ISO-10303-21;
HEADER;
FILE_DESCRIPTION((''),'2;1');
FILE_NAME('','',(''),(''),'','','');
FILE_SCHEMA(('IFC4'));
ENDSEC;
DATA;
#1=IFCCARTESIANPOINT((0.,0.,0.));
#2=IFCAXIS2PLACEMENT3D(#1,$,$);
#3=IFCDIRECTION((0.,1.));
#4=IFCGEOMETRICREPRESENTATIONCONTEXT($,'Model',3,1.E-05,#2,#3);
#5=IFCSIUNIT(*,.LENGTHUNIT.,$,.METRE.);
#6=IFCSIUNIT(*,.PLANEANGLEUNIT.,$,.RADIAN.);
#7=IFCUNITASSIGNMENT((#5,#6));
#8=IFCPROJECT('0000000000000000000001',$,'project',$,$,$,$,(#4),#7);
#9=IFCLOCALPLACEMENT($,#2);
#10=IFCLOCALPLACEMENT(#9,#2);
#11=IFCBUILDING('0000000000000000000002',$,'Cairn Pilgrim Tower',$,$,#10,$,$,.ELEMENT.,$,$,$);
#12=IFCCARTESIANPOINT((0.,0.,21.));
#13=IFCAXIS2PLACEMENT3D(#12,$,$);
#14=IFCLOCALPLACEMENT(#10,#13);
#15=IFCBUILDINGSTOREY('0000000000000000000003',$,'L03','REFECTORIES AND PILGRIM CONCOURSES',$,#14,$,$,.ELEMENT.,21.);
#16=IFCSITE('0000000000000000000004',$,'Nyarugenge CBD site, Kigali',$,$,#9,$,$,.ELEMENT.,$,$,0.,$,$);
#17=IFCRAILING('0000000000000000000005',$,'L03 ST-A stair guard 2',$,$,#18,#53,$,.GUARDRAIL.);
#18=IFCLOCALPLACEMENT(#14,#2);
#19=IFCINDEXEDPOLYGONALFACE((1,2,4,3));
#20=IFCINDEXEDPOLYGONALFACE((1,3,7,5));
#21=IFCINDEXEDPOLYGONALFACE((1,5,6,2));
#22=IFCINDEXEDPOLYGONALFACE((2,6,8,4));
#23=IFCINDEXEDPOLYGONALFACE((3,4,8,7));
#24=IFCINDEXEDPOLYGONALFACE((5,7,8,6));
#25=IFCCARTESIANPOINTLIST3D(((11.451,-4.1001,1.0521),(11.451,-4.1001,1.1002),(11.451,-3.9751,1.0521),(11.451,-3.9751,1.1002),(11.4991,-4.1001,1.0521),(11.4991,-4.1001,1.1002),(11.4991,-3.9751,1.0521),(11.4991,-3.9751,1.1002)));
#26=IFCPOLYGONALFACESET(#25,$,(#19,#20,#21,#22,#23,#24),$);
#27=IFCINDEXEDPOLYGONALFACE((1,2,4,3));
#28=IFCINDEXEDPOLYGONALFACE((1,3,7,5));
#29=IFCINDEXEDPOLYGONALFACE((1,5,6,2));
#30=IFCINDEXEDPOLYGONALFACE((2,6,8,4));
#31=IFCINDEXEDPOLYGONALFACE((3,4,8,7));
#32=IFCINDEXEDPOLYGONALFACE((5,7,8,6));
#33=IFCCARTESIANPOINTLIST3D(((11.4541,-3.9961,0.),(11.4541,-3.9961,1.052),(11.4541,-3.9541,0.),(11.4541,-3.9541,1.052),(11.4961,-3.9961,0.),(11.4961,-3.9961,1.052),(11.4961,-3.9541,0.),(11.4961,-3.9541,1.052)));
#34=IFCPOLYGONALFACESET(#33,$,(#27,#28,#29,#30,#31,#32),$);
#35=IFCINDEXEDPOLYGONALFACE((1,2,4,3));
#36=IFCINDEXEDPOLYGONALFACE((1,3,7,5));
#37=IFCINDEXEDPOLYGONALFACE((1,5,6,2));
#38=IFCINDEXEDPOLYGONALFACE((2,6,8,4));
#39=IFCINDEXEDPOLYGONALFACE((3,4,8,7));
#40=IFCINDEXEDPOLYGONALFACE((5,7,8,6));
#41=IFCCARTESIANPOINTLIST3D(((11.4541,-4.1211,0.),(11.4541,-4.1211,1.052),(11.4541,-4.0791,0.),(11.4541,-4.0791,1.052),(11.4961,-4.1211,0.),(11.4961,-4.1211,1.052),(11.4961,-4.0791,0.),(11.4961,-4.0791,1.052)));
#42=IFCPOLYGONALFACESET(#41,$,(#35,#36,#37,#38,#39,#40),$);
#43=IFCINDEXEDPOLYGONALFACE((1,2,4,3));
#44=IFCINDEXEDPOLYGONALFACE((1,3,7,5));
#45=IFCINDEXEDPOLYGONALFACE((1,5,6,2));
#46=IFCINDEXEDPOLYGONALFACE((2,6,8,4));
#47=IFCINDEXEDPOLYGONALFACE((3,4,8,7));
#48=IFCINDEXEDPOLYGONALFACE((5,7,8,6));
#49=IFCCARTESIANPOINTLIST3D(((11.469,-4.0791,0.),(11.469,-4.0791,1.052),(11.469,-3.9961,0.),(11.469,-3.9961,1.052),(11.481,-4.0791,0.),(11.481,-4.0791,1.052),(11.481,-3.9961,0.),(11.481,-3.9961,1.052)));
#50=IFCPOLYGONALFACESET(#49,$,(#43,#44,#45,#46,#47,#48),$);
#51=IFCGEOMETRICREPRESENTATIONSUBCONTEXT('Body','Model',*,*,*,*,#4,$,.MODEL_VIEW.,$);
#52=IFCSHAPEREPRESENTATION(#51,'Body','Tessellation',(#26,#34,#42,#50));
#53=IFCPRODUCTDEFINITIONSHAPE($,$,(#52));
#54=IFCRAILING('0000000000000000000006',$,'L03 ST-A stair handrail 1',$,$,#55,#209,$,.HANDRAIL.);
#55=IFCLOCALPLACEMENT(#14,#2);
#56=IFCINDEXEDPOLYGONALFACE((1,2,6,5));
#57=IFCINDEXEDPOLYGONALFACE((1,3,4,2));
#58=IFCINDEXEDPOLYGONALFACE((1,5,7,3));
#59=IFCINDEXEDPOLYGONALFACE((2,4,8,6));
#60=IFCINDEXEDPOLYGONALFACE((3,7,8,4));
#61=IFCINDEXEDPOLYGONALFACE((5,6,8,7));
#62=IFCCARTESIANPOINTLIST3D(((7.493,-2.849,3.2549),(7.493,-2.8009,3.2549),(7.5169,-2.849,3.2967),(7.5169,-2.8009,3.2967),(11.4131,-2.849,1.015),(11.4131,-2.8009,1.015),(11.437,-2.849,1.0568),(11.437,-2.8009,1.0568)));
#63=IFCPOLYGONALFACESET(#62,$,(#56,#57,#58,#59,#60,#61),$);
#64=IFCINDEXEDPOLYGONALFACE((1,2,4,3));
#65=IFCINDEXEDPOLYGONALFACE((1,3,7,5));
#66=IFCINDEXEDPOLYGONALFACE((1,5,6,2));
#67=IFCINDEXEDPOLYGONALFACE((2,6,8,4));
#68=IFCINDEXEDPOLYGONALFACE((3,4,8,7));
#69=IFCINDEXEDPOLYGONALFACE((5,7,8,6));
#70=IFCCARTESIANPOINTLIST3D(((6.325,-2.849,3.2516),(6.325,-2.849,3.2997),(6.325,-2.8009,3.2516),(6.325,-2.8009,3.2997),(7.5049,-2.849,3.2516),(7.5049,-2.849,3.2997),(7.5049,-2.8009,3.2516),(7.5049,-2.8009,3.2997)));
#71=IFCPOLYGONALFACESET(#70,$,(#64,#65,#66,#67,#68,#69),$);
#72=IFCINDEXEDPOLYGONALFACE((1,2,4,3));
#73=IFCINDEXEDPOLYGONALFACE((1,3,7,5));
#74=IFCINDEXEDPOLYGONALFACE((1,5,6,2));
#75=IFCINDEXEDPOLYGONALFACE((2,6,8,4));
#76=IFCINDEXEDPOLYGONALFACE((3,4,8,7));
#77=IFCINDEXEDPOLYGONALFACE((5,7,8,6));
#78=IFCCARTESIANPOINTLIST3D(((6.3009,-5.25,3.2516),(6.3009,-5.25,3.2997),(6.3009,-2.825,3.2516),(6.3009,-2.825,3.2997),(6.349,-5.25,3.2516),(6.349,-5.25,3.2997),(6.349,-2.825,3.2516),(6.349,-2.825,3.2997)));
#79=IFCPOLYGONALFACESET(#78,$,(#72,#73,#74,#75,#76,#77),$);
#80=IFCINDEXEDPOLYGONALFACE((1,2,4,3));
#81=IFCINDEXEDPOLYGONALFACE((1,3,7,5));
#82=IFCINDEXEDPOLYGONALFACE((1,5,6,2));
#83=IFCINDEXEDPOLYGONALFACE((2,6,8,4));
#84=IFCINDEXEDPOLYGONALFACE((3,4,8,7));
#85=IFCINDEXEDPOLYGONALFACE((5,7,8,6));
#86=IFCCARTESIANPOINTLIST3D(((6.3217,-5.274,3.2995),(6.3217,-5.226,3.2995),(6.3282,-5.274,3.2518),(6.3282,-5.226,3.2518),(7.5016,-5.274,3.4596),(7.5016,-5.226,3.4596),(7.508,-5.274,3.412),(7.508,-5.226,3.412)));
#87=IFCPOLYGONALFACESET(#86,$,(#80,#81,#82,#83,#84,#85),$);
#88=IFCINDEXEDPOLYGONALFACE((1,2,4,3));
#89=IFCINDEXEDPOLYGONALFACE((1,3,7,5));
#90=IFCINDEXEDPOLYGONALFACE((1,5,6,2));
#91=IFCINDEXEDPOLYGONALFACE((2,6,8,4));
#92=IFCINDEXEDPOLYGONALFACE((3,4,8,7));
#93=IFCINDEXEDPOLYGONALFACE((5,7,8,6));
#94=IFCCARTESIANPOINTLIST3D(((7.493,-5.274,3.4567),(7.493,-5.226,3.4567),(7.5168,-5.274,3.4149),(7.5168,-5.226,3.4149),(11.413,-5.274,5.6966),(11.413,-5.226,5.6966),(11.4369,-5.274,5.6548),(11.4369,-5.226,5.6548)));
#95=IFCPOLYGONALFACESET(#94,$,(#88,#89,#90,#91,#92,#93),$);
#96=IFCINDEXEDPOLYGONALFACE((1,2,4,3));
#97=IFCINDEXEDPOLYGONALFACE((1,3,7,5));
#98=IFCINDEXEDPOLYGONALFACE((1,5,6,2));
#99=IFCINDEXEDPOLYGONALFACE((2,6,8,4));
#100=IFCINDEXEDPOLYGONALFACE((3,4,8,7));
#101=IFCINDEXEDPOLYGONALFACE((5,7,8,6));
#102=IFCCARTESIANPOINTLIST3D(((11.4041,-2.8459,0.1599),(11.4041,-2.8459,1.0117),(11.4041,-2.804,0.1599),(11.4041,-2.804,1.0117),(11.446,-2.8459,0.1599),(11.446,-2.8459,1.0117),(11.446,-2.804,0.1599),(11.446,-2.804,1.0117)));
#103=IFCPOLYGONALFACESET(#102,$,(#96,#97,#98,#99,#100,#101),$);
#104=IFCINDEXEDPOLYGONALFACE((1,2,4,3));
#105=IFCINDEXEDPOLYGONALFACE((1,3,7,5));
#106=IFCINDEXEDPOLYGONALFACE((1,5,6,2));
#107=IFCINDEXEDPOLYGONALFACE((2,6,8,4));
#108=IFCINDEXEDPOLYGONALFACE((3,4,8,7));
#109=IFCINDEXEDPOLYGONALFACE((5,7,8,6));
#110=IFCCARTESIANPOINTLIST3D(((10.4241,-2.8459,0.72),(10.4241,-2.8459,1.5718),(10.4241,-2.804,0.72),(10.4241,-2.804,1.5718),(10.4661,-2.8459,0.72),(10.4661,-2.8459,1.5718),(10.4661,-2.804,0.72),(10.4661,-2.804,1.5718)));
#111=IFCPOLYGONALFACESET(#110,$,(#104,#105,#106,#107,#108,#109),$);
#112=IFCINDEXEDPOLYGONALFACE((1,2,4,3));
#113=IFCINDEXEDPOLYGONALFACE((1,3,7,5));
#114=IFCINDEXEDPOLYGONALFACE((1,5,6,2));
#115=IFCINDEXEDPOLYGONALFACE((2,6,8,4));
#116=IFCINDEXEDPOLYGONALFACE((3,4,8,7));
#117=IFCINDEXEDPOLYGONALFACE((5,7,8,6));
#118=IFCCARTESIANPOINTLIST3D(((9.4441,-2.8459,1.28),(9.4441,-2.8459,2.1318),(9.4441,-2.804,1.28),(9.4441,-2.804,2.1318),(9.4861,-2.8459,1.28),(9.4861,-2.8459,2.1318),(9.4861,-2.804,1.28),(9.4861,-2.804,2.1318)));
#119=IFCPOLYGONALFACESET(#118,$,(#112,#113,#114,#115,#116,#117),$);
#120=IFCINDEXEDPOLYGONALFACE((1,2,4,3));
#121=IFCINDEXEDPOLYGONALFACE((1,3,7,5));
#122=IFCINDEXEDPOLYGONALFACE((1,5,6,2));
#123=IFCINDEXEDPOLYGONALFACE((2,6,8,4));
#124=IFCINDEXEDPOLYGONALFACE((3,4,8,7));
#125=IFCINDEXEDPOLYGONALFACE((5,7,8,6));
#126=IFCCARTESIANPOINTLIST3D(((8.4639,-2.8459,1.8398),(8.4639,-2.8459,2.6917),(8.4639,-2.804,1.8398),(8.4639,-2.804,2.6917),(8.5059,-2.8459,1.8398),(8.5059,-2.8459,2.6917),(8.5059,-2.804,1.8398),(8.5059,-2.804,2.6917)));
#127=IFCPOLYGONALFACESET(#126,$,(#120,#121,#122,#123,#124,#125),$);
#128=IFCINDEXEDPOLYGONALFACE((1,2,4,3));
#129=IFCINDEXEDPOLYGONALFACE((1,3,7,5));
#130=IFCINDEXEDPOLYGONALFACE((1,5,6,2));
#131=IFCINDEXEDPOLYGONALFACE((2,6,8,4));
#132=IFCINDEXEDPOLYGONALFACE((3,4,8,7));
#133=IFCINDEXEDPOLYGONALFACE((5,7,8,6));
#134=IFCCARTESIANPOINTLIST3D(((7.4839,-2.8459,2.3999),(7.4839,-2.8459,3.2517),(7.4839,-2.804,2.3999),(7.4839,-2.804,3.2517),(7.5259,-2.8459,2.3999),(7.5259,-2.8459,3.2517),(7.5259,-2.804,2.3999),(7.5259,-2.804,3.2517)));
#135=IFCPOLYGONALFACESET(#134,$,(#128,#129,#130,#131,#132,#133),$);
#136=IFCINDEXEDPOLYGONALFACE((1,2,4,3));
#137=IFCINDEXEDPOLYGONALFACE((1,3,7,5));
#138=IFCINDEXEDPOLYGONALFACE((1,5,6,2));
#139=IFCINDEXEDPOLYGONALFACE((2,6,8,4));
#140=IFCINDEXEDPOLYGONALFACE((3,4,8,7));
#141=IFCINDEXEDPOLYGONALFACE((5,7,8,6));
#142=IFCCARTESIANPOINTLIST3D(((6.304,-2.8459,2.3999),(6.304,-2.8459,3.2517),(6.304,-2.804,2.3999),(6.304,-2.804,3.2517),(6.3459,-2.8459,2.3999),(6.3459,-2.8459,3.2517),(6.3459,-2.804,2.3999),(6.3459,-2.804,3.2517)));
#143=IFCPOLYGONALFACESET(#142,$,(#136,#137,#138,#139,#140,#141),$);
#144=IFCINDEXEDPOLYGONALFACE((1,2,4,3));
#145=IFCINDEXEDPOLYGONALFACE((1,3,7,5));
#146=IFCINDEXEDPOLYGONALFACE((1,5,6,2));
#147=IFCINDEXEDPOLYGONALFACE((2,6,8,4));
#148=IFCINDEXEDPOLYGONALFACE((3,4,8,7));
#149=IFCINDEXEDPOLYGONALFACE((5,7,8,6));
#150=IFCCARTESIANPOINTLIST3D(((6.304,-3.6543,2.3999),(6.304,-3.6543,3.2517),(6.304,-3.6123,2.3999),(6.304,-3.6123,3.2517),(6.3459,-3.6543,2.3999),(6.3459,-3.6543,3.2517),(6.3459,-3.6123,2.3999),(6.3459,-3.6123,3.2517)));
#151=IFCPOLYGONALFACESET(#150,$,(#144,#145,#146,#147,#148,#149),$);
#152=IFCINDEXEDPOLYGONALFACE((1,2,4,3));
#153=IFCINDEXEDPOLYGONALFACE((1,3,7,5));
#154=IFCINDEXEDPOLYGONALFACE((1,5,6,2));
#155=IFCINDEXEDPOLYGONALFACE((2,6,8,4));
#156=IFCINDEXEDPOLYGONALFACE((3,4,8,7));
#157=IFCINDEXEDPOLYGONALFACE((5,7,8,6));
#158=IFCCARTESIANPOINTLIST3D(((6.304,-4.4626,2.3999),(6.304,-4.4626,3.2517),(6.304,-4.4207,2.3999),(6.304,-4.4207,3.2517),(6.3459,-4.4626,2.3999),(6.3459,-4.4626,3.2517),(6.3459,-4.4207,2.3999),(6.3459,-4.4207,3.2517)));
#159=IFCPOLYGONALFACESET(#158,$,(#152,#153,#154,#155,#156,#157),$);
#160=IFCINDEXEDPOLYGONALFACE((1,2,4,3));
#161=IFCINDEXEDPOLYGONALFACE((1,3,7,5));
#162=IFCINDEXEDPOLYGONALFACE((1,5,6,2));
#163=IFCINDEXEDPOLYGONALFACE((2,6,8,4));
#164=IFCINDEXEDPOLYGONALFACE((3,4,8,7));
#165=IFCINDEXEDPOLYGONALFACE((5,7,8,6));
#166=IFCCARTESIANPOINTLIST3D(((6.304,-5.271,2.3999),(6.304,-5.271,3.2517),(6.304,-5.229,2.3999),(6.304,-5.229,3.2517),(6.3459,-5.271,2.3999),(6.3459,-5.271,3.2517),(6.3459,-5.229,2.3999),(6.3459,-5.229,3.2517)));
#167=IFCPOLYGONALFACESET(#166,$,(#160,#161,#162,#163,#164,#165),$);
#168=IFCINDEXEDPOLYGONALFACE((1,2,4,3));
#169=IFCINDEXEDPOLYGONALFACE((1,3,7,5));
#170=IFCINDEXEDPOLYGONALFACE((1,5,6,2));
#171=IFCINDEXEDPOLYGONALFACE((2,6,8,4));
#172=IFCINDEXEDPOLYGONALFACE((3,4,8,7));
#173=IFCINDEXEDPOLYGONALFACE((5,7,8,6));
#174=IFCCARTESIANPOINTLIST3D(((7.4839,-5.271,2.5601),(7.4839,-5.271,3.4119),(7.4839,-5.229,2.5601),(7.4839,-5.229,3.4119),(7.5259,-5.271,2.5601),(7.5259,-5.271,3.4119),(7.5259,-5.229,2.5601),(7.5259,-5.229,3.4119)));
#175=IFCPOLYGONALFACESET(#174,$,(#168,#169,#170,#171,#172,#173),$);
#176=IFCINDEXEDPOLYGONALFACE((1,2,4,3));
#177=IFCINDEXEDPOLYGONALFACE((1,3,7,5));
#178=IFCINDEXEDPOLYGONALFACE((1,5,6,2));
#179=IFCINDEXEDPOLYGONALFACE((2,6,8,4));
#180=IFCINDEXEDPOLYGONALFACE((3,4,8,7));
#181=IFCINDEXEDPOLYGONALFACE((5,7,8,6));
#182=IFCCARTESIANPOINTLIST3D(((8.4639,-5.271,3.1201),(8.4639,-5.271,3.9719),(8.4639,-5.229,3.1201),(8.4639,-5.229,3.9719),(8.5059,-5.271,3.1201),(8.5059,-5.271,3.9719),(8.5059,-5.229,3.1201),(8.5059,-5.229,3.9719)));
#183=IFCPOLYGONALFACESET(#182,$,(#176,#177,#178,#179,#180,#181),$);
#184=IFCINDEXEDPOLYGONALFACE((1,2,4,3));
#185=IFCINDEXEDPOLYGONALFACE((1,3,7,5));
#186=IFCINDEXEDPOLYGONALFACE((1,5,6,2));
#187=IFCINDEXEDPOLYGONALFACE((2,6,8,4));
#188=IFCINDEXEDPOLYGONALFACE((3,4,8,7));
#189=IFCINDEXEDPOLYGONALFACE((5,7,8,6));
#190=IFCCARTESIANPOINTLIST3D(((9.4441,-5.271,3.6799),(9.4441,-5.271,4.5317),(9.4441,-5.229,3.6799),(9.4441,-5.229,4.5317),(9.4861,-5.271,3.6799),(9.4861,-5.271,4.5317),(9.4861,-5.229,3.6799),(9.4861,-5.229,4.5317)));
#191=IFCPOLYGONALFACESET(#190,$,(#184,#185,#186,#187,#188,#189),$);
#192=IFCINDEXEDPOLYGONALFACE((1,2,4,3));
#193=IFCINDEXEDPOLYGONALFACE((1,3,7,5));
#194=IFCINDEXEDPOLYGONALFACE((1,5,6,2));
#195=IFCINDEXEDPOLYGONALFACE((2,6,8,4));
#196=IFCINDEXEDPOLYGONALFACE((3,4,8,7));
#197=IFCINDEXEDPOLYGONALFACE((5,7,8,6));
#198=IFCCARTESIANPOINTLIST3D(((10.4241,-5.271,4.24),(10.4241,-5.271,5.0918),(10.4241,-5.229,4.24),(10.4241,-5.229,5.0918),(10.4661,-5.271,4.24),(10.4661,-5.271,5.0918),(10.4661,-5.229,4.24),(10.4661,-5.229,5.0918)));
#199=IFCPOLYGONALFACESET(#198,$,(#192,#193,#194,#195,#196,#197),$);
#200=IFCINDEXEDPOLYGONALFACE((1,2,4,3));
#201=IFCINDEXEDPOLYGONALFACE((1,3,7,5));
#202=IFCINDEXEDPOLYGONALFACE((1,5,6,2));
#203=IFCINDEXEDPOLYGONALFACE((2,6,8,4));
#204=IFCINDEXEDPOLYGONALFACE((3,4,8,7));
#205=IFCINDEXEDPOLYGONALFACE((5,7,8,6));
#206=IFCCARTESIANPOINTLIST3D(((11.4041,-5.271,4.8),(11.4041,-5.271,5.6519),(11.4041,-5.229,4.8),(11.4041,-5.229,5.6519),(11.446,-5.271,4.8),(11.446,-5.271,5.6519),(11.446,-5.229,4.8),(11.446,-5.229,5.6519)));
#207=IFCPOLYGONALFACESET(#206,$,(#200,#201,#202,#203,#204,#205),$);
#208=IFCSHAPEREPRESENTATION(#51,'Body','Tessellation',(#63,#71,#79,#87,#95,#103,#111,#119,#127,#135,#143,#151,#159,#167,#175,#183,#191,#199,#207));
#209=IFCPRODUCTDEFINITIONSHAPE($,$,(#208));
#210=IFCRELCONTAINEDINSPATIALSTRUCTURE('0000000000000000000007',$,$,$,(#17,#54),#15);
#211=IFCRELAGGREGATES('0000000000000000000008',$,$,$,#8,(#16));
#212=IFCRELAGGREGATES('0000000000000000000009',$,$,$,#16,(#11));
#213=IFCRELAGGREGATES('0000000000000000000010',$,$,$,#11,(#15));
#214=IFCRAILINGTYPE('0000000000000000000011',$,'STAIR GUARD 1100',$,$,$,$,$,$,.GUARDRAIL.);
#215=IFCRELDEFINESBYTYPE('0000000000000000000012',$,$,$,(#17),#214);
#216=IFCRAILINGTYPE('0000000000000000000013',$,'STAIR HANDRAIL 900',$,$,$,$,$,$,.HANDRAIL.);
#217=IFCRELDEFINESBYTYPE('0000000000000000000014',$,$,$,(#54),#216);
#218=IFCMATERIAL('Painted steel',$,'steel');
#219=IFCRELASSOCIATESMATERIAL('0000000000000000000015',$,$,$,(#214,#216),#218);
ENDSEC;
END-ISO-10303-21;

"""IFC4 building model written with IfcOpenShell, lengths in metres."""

from ifc_helpers import new_model, si_unit, direction, frame, origin, origin_2d, place, context, subcontext, project, spatial, polyline, rectangle, outline, extrude, material, type_object, element, save


model = new_model("IFC4")

# Units and contexts
model_context = context("Model", 3, precision=1e-05, world=origin(), true_north=direction((0.0, 1.0)))
body_context = subcontext(model_context, "Body", "Model", "MODEL_VIEW")
ifc_project = project(units=[si_unit("LENGTHUNIT", "METRE"), si_unit("PLANEANGLEUNIT", "RADIAN")], contexts=[model_context])

# Site, building, storey
site_placement = place(None, origin())
site = spatial("IfcSite", under=ifc_project, at=site_placement, Name="Nyarugenge CBD site, Kigali", CompositionType="ELEMENT", RefElevation=0.0)
building_placement = place(site_placement, origin())
building = spatial("IfcBuilding", under=site, at=building_placement, Name="Cairn Pilgrim Tower", CompositionType="ELEMENT")
storey_placement = place(building_placement, frame((0.0, 0.0, 21.0)))
storey = spatial("IfcBuildingStorey", under=building, at=storey_placement, Name="L03", Description="REFECTORIES AND PILGRIM CONCOURSES", CompositionType="ELEMENT", Elevation=21.0)

# Shared definitions
ifc_material_1 = material(Name="Painted steel", Category="steel")

# Railings
railing_type_1 = type_object("IfcRailingType", Name="STAIR GUARD 1100", PredefinedType="GUARDRAIL", material=ifc_material_1)
railing_1_placement = place(storey_placement, frame((11.4751, -3.9751, 0.0)))
element("IfcRailing", 1, at=railing_1_placement, inside=storey, type_object=railing_type_1, Name="L03 ST-A stair guard 2", PredefinedType="GUARDRAIL", context=body_context, shape_type="SweptSolid", body=[
    extrude(rectangle(XDim=0.0481, YDim=0.0481, at=origin_2d()), frame((0.0, 0.0, 1.0762), z_axis=(0.0, -1.0, 0.0), x_axis=(1.0, 0.0, 0.0)), (0.0, 0.0, 1.0), 0.125),
    extrude(rectangle(XDim=0.042, YDim=0.042, at=origin_2d()), origin(), (0.0, 0.0, 1.0), 1.052),
    extrude(rectangle(XDim=0.042, YDim=0.042, at=origin_2d()), frame((0.0, -0.125, 0.0)), (0.0, 0.0, 1.0), 1.052),
    extrude(outline(polyline([(0.021, 0.0), (0.104, 0.0), (0.104, 1.052), (0.021, 1.052), (0.021, 0.0)])), frame((0.0059, 0.0, 0.0), z_axis=(-1.0, 0.0, 0.0), x_axis=(0.0, -1.0, 0.0)), (0.0, 0.0, 1.0), 0.012),
])
railing_type_2 = type_object("IfcRailingType", Name="STAIR HANDRAIL 900", PredefinedType="HANDRAIL", material=ifc_material_1)
railing_2_placement = place(storey_placement, frame((11.425, -2.825, 0.1599)))
element("IfcRailing", 2, at=railing_2_placement, inside=storey, type_object=railing_type_2, Name="L03 ST-A stair handrail 1", PredefinedType="HANDRAIL", context=body_context, shape_type="SweptSolid", body=[
    extrude(rectangle(XDim=0.0481, YDim=0.0481, at=origin_2d()), frame((0.0, 0.0, 0.876), z_axis=(-0.868253, 0.0, 0.496121), x_axis=(0.0, -1.0, 0.0)), (0.0, 0.0, 1.0), 4.5149),
    extrude(rectangle(XDim=0.0481, YDim=0.0481, at=origin_2d()), frame((-3.9202, 0.0, 3.1157), z_axis=(-1.0, 0.0, 0.0), x_axis=(0.0, -1.0, 0.0)), (0.0, 0.0, 1.0), 1.1799),
    extrude(rectangle(XDim=0.0481, YDim=0.0481, at=origin_2d()), frame((-5.1001, 0.0, 3.1157), z_axis=(0.0, -1.0, 0.0), x_axis=(1.0, 0.0, 0.0)), (0.0, 0.0, 1.0), 2.425),
    extrude(rectangle(XDim=0.0481, YDim=0.0481, at=origin_2d()), frame((-5.1001, -2.425, 3.1157), z_axis=(0.990914, 0.0, 0.1345), x_axis=(0.0, 1.0, 0.0)), (0.0, 0.0, 1.0), 1.1907),
    extrude(rectangle(XDim=0.0481, YDim=0.0481, at=origin_2d()), frame((-3.9202, -2.425, 3.2759), z_axis=(0.868253, 0.0, 0.496121), x_axis=(0.0, 1.0, 0.0)), (0.0, 0.0, 1.0), 4.5149),
    extrude(rectangle(XDim=0.042, YDim=0.042, at=origin_2d()), origin(), (0.0, 0.0, 1.0), 0.8518),
    extrude(rectangle(XDim=0.042, YDim=0.042, at=origin_2d()), frame((-0.98, 0.0, 0.5601)), (0.0, 0.0, 1.0), 0.8518),
    extrude(rectangle(XDim=0.042, YDim=0.042, at=origin_2d()), frame((-1.96, 0.0, 1.1201)), (0.0, 0.0, 1.0), 0.8518),
    extrude(rectangle(XDim=0.042, YDim=0.042, at=origin_2d()), frame((-2.9402, 0.0, 1.6799)), (0.0, 0.0, 1.0), 0.8518),
    extrude(rectangle(XDim=0.042, YDim=0.042, at=origin_2d()), frame((-3.9202, 0.0, 2.24)), (0.0, 0.0, 1.0), 0.8518),
    extrude(rectangle(XDim=0.042, YDim=0.042, at=origin_2d()), frame((-5.1001, 0.0, 2.24)), (0.0, 0.0, 1.0), 0.8518),
    extrude(rectangle(XDim=0.042, YDim=0.042, at=origin_2d()), frame((-5.1001, -0.8083, 2.24)), (0.0, 0.0, 1.0), 0.8518),
    extrude(rectangle(XDim=0.042, YDim=0.042, at=origin_2d()), frame((-5.1001, -1.6167, 2.24)), (0.0, 0.0, 1.0), 0.8518),
    extrude(rectangle(XDim=0.042, YDim=0.042, at=origin_2d()), frame((-5.1001, -2.425, 2.24)), (0.0, 0.0, 1.0), 0.8518),
    extrude(rectangle(XDim=0.042, YDim=0.042, at=origin_2d()), frame((-3.9202, -2.425, 2.4001)), (0.0, 0.0, 1.0), 0.8518),
    extrude(rectangle(XDim=0.042, YDim=0.042, at=origin_2d()), frame((-2.9402, -2.425, 2.9602)), (0.0, 0.0, 1.0), 0.8518),
    extrude(rectangle(XDim=0.042, YDim=0.042, at=origin_2d()), frame((-1.96, -2.425, 3.52)), (0.0, 0.0, 1.0), 0.8518),
    extrude(rectangle(XDim=0.042, YDim=0.042, at=origin_2d()), frame((-0.98, -2.425, 4.0801)), (0.0, 0.0, 1.0), 0.8518),
    extrude(rectangle(XDim=0.042, YDim=0.042, at=origin_2d()), frame((0.0, -2.425, 4.6401)), (0.0, 0.0, 1.0), 0.8518),
])

save(model, "model.ifc")
